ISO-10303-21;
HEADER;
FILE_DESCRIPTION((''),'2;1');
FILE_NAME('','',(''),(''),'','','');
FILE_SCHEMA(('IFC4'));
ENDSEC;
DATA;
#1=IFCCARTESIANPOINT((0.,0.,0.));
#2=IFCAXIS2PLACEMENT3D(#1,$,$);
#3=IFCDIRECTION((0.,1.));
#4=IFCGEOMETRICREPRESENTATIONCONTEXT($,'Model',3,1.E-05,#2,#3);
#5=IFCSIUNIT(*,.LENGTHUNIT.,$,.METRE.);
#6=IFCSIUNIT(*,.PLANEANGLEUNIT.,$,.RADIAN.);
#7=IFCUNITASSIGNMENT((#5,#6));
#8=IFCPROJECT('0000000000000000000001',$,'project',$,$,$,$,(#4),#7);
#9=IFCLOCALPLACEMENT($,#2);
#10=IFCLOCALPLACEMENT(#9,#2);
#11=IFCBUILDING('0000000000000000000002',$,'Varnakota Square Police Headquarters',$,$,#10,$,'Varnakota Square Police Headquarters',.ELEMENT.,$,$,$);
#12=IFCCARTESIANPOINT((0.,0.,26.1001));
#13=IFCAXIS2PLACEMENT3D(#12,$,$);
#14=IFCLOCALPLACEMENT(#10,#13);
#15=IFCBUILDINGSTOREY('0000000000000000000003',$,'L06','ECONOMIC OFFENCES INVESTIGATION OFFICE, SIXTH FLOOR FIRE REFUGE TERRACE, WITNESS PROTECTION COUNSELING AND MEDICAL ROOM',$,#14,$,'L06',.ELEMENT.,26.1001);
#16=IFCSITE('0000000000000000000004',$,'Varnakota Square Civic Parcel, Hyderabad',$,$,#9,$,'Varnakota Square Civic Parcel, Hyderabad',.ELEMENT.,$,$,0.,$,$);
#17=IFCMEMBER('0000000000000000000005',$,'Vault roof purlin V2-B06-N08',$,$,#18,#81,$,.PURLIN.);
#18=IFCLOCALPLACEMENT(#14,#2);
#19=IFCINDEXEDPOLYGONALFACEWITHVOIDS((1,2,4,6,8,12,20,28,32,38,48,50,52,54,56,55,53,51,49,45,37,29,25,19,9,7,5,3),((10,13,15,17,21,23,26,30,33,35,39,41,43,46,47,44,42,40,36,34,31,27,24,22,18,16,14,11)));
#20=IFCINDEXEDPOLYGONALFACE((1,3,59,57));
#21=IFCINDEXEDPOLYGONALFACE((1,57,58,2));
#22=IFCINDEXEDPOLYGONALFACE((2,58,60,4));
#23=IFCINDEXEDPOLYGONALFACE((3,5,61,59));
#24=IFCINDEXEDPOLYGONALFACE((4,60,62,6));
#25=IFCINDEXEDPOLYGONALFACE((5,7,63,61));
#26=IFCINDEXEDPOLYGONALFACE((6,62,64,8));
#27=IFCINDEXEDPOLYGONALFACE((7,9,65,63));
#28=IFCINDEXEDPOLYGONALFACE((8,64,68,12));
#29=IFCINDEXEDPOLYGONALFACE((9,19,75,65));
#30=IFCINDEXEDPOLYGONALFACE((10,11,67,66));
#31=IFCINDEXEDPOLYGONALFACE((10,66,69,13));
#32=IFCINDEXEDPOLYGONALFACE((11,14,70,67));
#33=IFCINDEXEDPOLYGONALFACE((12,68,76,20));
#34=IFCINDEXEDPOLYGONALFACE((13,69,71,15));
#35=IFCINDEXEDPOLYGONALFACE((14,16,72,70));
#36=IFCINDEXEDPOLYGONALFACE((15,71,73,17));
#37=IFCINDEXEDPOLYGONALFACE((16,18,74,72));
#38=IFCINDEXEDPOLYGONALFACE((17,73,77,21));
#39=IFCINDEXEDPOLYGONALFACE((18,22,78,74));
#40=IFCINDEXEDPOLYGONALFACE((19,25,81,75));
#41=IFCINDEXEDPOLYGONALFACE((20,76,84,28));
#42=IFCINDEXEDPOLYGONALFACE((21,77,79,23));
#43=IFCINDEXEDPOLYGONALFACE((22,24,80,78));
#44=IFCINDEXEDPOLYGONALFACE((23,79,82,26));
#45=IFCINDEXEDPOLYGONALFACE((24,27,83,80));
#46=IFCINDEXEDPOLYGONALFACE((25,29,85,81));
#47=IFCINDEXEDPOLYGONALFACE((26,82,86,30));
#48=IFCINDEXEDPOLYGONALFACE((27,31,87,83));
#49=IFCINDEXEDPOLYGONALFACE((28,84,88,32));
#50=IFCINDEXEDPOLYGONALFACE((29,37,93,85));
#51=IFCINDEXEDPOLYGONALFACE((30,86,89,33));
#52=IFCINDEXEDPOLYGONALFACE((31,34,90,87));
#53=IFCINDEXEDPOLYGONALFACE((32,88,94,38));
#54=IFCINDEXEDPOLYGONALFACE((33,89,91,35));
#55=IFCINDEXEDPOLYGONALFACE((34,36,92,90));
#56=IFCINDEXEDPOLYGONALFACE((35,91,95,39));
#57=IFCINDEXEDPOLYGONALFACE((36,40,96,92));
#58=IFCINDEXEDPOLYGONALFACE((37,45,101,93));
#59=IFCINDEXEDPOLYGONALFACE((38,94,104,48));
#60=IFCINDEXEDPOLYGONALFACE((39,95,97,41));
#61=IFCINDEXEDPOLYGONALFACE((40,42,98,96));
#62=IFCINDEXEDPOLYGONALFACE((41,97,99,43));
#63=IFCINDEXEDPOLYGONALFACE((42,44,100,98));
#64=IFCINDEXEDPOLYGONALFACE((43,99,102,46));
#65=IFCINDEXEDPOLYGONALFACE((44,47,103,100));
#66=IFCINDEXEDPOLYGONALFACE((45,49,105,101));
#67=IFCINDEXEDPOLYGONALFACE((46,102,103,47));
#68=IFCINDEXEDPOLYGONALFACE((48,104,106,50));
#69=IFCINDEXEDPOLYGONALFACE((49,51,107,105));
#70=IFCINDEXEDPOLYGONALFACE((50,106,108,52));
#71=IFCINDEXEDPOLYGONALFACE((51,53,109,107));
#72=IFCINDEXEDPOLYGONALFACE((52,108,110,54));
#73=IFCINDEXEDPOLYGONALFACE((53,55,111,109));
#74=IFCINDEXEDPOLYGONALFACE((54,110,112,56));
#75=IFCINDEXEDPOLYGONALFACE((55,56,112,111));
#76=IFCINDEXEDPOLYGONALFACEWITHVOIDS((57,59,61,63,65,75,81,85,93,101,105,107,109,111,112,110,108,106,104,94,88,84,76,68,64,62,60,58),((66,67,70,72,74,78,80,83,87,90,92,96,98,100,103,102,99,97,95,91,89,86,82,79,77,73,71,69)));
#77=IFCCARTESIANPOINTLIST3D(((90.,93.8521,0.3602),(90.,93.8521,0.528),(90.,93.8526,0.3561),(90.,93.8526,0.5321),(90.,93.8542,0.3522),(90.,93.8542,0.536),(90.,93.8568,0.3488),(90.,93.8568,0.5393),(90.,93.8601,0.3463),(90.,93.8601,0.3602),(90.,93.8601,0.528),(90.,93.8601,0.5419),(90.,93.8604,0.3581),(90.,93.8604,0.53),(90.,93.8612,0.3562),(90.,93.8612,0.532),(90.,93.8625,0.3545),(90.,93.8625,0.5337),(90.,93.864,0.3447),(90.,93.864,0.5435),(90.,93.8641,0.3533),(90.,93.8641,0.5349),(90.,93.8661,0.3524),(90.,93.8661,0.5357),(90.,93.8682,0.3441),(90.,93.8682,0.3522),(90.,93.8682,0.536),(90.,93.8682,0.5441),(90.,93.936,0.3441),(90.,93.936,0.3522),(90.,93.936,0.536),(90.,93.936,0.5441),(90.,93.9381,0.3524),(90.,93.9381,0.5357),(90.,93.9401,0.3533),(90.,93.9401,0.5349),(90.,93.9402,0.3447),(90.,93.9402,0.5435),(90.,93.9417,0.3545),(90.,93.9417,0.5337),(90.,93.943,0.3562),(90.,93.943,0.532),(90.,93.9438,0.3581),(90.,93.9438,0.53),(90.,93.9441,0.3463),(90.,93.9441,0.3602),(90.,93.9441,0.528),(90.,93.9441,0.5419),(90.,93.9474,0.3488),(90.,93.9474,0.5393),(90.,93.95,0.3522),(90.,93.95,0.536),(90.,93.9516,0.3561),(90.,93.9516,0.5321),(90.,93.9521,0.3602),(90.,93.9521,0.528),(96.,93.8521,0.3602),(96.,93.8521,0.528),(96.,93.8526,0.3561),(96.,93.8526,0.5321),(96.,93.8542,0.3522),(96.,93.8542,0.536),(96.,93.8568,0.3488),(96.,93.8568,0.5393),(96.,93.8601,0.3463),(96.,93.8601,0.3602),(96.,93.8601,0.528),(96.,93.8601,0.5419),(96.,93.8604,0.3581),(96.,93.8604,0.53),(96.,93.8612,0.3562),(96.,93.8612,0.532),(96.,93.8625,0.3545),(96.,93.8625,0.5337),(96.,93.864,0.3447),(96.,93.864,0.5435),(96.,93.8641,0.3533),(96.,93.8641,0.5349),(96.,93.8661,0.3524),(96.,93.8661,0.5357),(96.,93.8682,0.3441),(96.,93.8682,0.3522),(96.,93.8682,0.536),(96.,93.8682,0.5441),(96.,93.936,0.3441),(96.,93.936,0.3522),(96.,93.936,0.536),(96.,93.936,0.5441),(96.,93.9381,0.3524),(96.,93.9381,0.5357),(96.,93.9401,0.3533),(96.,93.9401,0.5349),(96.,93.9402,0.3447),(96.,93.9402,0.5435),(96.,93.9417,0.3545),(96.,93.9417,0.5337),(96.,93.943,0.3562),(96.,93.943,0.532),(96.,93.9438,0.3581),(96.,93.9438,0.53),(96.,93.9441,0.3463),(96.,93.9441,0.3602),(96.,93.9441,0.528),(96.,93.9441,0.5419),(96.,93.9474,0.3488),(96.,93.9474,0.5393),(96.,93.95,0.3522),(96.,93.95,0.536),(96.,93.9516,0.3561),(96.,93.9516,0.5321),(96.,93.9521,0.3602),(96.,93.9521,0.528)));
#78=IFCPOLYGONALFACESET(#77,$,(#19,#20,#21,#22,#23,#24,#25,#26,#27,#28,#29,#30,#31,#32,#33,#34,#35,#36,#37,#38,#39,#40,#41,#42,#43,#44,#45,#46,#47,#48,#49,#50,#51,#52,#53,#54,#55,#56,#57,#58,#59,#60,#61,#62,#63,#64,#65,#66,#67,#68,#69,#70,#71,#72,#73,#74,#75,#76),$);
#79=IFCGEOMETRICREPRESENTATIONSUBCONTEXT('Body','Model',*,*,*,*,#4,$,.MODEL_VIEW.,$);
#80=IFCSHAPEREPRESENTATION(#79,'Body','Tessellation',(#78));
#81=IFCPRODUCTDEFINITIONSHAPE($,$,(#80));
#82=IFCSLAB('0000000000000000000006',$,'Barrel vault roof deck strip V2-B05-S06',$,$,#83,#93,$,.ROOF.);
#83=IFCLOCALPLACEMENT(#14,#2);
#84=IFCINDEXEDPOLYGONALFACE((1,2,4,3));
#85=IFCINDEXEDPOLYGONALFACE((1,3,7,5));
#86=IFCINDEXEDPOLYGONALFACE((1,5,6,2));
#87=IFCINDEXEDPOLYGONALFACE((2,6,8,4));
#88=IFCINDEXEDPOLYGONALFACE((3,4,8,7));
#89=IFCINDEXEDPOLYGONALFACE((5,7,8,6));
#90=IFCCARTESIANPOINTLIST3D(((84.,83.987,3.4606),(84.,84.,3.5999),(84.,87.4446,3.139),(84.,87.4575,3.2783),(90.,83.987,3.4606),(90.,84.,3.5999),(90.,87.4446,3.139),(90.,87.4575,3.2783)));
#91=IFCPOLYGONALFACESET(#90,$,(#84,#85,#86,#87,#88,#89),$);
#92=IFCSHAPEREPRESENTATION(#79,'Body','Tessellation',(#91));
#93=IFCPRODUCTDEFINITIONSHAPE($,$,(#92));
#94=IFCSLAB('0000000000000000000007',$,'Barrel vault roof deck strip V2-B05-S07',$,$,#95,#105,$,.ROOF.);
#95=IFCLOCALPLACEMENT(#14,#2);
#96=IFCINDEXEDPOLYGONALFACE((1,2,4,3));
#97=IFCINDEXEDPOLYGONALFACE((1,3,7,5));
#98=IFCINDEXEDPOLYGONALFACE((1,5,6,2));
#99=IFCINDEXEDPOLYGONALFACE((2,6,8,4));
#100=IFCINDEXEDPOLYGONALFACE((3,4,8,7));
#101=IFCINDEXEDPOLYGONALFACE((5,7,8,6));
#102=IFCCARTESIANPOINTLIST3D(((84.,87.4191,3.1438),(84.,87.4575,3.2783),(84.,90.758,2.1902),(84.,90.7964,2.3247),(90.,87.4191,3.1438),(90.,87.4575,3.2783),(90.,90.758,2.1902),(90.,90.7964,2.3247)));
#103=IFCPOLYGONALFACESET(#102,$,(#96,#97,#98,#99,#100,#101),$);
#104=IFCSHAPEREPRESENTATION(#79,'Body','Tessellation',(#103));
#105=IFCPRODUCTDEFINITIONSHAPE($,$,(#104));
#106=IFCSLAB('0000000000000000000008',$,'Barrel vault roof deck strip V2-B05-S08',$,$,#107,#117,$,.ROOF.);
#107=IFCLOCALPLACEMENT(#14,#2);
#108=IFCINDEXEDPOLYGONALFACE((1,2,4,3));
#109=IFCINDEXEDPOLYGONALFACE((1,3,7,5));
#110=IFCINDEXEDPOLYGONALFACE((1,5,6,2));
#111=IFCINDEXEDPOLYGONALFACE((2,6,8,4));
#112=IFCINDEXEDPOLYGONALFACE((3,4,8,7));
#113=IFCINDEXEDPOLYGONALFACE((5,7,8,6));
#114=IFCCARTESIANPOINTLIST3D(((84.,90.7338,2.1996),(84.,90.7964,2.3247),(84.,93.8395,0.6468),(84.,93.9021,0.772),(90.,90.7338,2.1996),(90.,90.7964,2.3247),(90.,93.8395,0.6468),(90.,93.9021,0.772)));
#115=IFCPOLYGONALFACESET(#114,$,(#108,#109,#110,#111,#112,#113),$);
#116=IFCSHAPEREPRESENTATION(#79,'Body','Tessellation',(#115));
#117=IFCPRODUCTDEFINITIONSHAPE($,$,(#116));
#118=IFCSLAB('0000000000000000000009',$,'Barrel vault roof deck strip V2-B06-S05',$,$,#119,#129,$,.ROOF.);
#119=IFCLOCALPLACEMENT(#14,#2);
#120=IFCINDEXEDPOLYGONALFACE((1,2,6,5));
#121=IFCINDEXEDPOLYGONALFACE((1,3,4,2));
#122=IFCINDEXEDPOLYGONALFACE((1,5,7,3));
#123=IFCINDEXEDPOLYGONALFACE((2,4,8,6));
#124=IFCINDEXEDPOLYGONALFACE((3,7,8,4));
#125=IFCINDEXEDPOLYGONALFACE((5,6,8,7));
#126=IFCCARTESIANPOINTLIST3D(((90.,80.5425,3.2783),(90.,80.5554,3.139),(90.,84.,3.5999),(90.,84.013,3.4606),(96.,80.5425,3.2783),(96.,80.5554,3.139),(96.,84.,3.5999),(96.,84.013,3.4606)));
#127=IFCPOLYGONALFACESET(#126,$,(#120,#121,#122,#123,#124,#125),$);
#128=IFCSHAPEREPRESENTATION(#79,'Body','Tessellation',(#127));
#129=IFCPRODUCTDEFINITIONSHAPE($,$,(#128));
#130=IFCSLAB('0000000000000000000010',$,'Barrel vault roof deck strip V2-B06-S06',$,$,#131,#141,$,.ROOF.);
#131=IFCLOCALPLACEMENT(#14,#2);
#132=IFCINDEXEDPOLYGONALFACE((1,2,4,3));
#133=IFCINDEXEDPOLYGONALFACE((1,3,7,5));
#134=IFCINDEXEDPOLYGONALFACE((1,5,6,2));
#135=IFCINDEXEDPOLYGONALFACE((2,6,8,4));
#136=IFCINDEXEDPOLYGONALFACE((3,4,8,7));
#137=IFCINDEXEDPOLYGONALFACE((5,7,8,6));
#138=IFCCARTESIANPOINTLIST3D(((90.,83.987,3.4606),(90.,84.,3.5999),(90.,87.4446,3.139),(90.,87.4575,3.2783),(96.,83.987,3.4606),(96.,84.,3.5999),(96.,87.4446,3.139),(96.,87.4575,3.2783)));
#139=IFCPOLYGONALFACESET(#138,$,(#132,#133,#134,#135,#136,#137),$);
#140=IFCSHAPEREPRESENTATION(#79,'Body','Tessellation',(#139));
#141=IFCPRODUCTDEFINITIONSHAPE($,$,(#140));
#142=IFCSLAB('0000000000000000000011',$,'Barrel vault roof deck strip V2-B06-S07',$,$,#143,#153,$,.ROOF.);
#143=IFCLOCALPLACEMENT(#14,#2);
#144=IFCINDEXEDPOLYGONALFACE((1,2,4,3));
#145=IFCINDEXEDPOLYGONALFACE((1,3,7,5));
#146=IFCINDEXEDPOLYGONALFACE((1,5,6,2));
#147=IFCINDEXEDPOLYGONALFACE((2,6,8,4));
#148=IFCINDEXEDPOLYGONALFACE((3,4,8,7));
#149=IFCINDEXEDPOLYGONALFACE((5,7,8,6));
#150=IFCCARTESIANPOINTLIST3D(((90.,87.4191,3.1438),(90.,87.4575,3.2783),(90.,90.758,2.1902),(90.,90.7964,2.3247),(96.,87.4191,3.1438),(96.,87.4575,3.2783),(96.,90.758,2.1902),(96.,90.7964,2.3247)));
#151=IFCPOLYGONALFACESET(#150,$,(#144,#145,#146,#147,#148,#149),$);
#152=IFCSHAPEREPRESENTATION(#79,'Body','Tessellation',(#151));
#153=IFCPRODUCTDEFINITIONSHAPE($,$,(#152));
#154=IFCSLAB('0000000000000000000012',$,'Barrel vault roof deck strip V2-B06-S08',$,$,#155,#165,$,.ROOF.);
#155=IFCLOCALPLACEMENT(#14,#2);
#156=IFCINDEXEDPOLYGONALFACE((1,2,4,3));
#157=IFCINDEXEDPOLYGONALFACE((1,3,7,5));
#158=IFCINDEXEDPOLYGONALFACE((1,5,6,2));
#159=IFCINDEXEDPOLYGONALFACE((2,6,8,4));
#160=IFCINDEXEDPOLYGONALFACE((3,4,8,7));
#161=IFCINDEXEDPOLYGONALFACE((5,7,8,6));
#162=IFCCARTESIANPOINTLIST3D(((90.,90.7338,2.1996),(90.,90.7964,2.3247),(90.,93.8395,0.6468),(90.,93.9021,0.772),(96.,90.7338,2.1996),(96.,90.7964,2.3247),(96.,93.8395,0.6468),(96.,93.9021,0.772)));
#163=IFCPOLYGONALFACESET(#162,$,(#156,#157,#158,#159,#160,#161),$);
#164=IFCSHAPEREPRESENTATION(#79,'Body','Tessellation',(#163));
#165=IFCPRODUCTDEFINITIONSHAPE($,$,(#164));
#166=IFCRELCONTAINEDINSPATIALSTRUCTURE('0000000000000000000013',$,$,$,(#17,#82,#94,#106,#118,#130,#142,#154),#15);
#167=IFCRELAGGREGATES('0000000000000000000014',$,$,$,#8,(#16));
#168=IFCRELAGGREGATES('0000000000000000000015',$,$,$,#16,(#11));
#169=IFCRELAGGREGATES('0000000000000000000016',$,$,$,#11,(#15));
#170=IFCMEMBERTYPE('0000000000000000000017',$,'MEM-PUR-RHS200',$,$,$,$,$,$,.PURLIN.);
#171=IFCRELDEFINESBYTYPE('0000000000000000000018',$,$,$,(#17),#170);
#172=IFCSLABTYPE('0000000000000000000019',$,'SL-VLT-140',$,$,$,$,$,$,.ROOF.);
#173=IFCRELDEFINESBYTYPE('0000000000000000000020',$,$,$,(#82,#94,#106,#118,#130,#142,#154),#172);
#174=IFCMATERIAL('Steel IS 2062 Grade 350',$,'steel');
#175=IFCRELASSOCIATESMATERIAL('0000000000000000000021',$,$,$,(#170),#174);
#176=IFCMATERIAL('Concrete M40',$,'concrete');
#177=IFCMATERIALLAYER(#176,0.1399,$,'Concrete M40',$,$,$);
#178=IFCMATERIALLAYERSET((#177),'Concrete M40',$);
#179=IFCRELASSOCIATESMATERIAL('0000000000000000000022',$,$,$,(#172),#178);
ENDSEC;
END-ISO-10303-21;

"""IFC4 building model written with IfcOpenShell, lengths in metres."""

from ifc_helpers import new_model, si_unit, direction, frame, origin, origin_2d, place, context, subcontext, project, spatial, polyline, hollow_rectangle, outline, extrude, material, layer, layer_set, material_profile, profile_set, type_object, element, save


model = new_model("IFC4")

# Units and contexts
model_context = context("Model", 3, precision=1e-05, world=origin(), true_north=direction((0.0, 1.0)))
body_context = subcontext(model_context, "Body", "Model", "MODEL_VIEW")
ifc_project = project(units=[si_unit("LENGTHUNIT", "METRE"), si_unit("PLANEANGLEUNIT", "RADIAN")], contexts=[model_context])

# Site, building, storey
site_placement = place(None, origin())
site = spatial("IfcSite", under=ifc_project, at=site_placement, Name="Varnakota Square Civic Parcel, Hyderabad", LongName="Varnakota Square Civic Parcel, Hyderabad", CompositionType="ELEMENT", RefElevation=0.0)
building_placement = place(site_placement, origin())
building = spatial("IfcBuilding", under=site, at=building_placement, Name="Varnakota Square Police Headquarters", LongName="Varnakota Square Police Headquarters", CompositionType="ELEMENT")
storey_placement = place(building_placement, frame((0.0, 0.0, 26.1001)))
storey = spatial("IfcBuildingStorey", under=building, at=storey_placement, Name="L06", Description="ECONOMIC OFFENCES INVESTIGATION OFFICE, SIXTH FLOOR FIRE REFUGE TERRACE, WITNESS PROTECTION COUNSELING AND MEDICAL ROOM", LongName="L06", CompositionType="ELEMENT", Elevation=26.1001)

# Shared definitions
ifc_material_1 = material(Name="Steel IS 2062 Grade 350", Category="steel")

# Member
ifc_material_profile_1 = material_profile(ifc_material_1, hollow_rectangle(XDim=0.1001, YDim=0.2, WallThickness=0.0081, InnerFilletRadius=0.0081, OuterFilletRadius=0.0161, at=origin_2d()), Name="RHS 200x100x8")
ifc_profile_set_1 = profile_set([ifc_material_profile_1], Name="Steel IS 2062 Grade 350")
member_type_1 = type_object("IfcMemberType", Name="MEM-PUR-RHS200", PredefinedType="PURLIN", material=ifc_profile_set_1)
for number, where, z_axis, x_axis, name in (
    (1, (90.0, 93.9021, 0.4441), (1.0, 0.0, 0.0), (0.0, 1.0, 0.0), "Vault roof purlin V2-B06-N08"),
):
    element("IfcMember", number, at=place(storey_placement, frame(where, z_axis=z_axis, x_axis=x_axis)), inside=storey, type_object=member_type_1, Name=name, PredefinedType="PURLIN", context=body_context, shape_type="SweptSolid", body=[
        extrude(hollow_rectangle(XDim=0.1001, YDim=0.2, WallThickness=0.0081, InnerFilletRadius=0.0081, OuterFilletRadius=0.0161, at=origin_2d()), origin(), (0.0, 0.0, 1.0), 6.0),
    ])

# Slabs
ifc_material_2 = material(Name="Concrete M40", Category="concrete")
ifc_layer = layer(ifc_material_2, 0.1399, Name="Concrete M40")
ifc_layer_set = layer_set([ifc_layer], Name="Concrete M40")
slab_type = type_object("IfcSlabType", Name="SL-VLT-140", PredefinedType="ROOF", material=ifc_layer_set)
slab_1_placement = place(storey_placement, frame((84.0, 84.0, 3.5999), z_axis=(0.0, 0.092596, 0.995704), x_axis=(1.0, 0.0, 0.0)))
element("IfcSlab", 2, at=slab_1_placement, inside=storey, type_object=slab_type, Name="Barrel vault roof deck strip V2-B05-S06", PredefinedType="ROOF", context=body_context, shape_type="SweptSolid", body=[
    extrude(outline(polyline([(0.0, 0.0), (6.0, 0.0), (6.0, 3.4724), (0.0, 3.4724), (0.0, 0.0)])), origin(), (0.0, 0.0, -1.0), 0.1399),
])
slab_2_placement = place(storey_placement, frame((84.0, 87.4575, 3.2783), z_axis=(0.0, 0.274628, 0.96155), x_axis=(1.0, 0.0, 0.0)))
element("IfcSlab", 3, at=slab_2_placement, inside=storey, type_object=slab_type, Name="Barrel vault roof deck strip V2-B05-S07", PredefinedType="ROOF", context=body_context, shape_type="SweptSolid", body=[
    extrude(outline(polyline([(0.0, 0.0), (6.0, 0.0), (6.0, 3.4724), (0.0, 3.4724), (0.0, 0.0)])), origin(), (0.0, 0.0, -1.0), 0.1399),
])
slab_3_placement = place(storey_placement, frame((84.0, 90.7964, 2.3247), z_axis=(0.0, 0.447185, 0.894441), x_axis=(1.0, 0.0, 0.0)))
element("IfcSlab", 4, at=slab_3_placement, inside=storey, type_object=slab_type, Name="Barrel vault roof deck strip V2-B05-S08", PredefinedType="ROOF", context=body_context, shape_type="SweptSolid", body=[
    extrude(outline(polyline([(0.0, 0.0), (6.0, 0.0), (6.0, 3.4722), (0.0, 3.4722), (0.0, 0.0)])), origin(), (0.0, 0.0, -1.0), 0.1399),
])
for number, where, z_axis, x_axis, name in (
    (5, (90.0, 80.5425, 3.2783), (0.0, -0.092596, 0.995704), (1.0, 0.0, 0.0), "Barrel vault roof deck strip V2-B06-S05"),
    (6, (90.0, 84.0, 3.5999), (0.0, 0.092596, 0.995704), (1.0, 0.0, 0.0), "Barrel vault roof deck strip V2-B06-S06"),
):
    element("IfcSlab", number, at=place(storey_placement, frame(where, z_axis=z_axis, x_axis=x_axis)), inside=storey, type_object=slab_type, Name=name, PredefinedType="ROOF", context=body_context, shape_type="SweptSolid", body=[
        extrude(outline(polyline([(0.0, 0.0), (6.0, 0.0), (6.0, 3.4724), (0.0, 3.4724), (0.0, 0.0)])), origin(), (0.0, 0.0, -1.0), 0.1399),
    ])
slab_4_placement = place(storey_placement, frame((90.0, 87.4575, 3.2783), z_axis=(0.0, 0.274628, 0.96155), x_axis=(1.0, 0.0, 0.0)))
element("IfcSlab", 7, at=slab_4_placement, inside=storey, type_object=slab_type, Name="Barrel vault roof deck strip V2-B06-S07", PredefinedType="ROOF", context=body_context, shape_type="SweptSolid", body=[
    extrude(outline(polyline([(0.0, 0.0), (6.0, 0.0), (6.0, 3.4724), (0.0, 3.4724), (0.0, 0.0)])), origin(), (0.0, 0.0, -1.0), 0.1399),
])
slab_5_placement = place(storey_placement, frame((90.0, 90.7964, 2.3247), z_axis=(0.0, 0.447185, 0.894441), x_axis=(1.0, 0.0, 0.0)))
element("IfcSlab", 8, at=slab_5_placement, inside=storey, type_object=slab_type, Name="Barrel vault roof deck strip V2-B06-S08", PredefinedType="ROOF", context=body_context, shape_type="SweptSolid", body=[
    extrude(outline(polyline([(0.0, 0.0), (6.0, 0.0), (6.0, 3.4722), (0.0, 3.4722), (0.0, 0.0)])), origin(), (0.0, 0.0, -1.0), 0.1399),
])

save(model, "model.ifc")
